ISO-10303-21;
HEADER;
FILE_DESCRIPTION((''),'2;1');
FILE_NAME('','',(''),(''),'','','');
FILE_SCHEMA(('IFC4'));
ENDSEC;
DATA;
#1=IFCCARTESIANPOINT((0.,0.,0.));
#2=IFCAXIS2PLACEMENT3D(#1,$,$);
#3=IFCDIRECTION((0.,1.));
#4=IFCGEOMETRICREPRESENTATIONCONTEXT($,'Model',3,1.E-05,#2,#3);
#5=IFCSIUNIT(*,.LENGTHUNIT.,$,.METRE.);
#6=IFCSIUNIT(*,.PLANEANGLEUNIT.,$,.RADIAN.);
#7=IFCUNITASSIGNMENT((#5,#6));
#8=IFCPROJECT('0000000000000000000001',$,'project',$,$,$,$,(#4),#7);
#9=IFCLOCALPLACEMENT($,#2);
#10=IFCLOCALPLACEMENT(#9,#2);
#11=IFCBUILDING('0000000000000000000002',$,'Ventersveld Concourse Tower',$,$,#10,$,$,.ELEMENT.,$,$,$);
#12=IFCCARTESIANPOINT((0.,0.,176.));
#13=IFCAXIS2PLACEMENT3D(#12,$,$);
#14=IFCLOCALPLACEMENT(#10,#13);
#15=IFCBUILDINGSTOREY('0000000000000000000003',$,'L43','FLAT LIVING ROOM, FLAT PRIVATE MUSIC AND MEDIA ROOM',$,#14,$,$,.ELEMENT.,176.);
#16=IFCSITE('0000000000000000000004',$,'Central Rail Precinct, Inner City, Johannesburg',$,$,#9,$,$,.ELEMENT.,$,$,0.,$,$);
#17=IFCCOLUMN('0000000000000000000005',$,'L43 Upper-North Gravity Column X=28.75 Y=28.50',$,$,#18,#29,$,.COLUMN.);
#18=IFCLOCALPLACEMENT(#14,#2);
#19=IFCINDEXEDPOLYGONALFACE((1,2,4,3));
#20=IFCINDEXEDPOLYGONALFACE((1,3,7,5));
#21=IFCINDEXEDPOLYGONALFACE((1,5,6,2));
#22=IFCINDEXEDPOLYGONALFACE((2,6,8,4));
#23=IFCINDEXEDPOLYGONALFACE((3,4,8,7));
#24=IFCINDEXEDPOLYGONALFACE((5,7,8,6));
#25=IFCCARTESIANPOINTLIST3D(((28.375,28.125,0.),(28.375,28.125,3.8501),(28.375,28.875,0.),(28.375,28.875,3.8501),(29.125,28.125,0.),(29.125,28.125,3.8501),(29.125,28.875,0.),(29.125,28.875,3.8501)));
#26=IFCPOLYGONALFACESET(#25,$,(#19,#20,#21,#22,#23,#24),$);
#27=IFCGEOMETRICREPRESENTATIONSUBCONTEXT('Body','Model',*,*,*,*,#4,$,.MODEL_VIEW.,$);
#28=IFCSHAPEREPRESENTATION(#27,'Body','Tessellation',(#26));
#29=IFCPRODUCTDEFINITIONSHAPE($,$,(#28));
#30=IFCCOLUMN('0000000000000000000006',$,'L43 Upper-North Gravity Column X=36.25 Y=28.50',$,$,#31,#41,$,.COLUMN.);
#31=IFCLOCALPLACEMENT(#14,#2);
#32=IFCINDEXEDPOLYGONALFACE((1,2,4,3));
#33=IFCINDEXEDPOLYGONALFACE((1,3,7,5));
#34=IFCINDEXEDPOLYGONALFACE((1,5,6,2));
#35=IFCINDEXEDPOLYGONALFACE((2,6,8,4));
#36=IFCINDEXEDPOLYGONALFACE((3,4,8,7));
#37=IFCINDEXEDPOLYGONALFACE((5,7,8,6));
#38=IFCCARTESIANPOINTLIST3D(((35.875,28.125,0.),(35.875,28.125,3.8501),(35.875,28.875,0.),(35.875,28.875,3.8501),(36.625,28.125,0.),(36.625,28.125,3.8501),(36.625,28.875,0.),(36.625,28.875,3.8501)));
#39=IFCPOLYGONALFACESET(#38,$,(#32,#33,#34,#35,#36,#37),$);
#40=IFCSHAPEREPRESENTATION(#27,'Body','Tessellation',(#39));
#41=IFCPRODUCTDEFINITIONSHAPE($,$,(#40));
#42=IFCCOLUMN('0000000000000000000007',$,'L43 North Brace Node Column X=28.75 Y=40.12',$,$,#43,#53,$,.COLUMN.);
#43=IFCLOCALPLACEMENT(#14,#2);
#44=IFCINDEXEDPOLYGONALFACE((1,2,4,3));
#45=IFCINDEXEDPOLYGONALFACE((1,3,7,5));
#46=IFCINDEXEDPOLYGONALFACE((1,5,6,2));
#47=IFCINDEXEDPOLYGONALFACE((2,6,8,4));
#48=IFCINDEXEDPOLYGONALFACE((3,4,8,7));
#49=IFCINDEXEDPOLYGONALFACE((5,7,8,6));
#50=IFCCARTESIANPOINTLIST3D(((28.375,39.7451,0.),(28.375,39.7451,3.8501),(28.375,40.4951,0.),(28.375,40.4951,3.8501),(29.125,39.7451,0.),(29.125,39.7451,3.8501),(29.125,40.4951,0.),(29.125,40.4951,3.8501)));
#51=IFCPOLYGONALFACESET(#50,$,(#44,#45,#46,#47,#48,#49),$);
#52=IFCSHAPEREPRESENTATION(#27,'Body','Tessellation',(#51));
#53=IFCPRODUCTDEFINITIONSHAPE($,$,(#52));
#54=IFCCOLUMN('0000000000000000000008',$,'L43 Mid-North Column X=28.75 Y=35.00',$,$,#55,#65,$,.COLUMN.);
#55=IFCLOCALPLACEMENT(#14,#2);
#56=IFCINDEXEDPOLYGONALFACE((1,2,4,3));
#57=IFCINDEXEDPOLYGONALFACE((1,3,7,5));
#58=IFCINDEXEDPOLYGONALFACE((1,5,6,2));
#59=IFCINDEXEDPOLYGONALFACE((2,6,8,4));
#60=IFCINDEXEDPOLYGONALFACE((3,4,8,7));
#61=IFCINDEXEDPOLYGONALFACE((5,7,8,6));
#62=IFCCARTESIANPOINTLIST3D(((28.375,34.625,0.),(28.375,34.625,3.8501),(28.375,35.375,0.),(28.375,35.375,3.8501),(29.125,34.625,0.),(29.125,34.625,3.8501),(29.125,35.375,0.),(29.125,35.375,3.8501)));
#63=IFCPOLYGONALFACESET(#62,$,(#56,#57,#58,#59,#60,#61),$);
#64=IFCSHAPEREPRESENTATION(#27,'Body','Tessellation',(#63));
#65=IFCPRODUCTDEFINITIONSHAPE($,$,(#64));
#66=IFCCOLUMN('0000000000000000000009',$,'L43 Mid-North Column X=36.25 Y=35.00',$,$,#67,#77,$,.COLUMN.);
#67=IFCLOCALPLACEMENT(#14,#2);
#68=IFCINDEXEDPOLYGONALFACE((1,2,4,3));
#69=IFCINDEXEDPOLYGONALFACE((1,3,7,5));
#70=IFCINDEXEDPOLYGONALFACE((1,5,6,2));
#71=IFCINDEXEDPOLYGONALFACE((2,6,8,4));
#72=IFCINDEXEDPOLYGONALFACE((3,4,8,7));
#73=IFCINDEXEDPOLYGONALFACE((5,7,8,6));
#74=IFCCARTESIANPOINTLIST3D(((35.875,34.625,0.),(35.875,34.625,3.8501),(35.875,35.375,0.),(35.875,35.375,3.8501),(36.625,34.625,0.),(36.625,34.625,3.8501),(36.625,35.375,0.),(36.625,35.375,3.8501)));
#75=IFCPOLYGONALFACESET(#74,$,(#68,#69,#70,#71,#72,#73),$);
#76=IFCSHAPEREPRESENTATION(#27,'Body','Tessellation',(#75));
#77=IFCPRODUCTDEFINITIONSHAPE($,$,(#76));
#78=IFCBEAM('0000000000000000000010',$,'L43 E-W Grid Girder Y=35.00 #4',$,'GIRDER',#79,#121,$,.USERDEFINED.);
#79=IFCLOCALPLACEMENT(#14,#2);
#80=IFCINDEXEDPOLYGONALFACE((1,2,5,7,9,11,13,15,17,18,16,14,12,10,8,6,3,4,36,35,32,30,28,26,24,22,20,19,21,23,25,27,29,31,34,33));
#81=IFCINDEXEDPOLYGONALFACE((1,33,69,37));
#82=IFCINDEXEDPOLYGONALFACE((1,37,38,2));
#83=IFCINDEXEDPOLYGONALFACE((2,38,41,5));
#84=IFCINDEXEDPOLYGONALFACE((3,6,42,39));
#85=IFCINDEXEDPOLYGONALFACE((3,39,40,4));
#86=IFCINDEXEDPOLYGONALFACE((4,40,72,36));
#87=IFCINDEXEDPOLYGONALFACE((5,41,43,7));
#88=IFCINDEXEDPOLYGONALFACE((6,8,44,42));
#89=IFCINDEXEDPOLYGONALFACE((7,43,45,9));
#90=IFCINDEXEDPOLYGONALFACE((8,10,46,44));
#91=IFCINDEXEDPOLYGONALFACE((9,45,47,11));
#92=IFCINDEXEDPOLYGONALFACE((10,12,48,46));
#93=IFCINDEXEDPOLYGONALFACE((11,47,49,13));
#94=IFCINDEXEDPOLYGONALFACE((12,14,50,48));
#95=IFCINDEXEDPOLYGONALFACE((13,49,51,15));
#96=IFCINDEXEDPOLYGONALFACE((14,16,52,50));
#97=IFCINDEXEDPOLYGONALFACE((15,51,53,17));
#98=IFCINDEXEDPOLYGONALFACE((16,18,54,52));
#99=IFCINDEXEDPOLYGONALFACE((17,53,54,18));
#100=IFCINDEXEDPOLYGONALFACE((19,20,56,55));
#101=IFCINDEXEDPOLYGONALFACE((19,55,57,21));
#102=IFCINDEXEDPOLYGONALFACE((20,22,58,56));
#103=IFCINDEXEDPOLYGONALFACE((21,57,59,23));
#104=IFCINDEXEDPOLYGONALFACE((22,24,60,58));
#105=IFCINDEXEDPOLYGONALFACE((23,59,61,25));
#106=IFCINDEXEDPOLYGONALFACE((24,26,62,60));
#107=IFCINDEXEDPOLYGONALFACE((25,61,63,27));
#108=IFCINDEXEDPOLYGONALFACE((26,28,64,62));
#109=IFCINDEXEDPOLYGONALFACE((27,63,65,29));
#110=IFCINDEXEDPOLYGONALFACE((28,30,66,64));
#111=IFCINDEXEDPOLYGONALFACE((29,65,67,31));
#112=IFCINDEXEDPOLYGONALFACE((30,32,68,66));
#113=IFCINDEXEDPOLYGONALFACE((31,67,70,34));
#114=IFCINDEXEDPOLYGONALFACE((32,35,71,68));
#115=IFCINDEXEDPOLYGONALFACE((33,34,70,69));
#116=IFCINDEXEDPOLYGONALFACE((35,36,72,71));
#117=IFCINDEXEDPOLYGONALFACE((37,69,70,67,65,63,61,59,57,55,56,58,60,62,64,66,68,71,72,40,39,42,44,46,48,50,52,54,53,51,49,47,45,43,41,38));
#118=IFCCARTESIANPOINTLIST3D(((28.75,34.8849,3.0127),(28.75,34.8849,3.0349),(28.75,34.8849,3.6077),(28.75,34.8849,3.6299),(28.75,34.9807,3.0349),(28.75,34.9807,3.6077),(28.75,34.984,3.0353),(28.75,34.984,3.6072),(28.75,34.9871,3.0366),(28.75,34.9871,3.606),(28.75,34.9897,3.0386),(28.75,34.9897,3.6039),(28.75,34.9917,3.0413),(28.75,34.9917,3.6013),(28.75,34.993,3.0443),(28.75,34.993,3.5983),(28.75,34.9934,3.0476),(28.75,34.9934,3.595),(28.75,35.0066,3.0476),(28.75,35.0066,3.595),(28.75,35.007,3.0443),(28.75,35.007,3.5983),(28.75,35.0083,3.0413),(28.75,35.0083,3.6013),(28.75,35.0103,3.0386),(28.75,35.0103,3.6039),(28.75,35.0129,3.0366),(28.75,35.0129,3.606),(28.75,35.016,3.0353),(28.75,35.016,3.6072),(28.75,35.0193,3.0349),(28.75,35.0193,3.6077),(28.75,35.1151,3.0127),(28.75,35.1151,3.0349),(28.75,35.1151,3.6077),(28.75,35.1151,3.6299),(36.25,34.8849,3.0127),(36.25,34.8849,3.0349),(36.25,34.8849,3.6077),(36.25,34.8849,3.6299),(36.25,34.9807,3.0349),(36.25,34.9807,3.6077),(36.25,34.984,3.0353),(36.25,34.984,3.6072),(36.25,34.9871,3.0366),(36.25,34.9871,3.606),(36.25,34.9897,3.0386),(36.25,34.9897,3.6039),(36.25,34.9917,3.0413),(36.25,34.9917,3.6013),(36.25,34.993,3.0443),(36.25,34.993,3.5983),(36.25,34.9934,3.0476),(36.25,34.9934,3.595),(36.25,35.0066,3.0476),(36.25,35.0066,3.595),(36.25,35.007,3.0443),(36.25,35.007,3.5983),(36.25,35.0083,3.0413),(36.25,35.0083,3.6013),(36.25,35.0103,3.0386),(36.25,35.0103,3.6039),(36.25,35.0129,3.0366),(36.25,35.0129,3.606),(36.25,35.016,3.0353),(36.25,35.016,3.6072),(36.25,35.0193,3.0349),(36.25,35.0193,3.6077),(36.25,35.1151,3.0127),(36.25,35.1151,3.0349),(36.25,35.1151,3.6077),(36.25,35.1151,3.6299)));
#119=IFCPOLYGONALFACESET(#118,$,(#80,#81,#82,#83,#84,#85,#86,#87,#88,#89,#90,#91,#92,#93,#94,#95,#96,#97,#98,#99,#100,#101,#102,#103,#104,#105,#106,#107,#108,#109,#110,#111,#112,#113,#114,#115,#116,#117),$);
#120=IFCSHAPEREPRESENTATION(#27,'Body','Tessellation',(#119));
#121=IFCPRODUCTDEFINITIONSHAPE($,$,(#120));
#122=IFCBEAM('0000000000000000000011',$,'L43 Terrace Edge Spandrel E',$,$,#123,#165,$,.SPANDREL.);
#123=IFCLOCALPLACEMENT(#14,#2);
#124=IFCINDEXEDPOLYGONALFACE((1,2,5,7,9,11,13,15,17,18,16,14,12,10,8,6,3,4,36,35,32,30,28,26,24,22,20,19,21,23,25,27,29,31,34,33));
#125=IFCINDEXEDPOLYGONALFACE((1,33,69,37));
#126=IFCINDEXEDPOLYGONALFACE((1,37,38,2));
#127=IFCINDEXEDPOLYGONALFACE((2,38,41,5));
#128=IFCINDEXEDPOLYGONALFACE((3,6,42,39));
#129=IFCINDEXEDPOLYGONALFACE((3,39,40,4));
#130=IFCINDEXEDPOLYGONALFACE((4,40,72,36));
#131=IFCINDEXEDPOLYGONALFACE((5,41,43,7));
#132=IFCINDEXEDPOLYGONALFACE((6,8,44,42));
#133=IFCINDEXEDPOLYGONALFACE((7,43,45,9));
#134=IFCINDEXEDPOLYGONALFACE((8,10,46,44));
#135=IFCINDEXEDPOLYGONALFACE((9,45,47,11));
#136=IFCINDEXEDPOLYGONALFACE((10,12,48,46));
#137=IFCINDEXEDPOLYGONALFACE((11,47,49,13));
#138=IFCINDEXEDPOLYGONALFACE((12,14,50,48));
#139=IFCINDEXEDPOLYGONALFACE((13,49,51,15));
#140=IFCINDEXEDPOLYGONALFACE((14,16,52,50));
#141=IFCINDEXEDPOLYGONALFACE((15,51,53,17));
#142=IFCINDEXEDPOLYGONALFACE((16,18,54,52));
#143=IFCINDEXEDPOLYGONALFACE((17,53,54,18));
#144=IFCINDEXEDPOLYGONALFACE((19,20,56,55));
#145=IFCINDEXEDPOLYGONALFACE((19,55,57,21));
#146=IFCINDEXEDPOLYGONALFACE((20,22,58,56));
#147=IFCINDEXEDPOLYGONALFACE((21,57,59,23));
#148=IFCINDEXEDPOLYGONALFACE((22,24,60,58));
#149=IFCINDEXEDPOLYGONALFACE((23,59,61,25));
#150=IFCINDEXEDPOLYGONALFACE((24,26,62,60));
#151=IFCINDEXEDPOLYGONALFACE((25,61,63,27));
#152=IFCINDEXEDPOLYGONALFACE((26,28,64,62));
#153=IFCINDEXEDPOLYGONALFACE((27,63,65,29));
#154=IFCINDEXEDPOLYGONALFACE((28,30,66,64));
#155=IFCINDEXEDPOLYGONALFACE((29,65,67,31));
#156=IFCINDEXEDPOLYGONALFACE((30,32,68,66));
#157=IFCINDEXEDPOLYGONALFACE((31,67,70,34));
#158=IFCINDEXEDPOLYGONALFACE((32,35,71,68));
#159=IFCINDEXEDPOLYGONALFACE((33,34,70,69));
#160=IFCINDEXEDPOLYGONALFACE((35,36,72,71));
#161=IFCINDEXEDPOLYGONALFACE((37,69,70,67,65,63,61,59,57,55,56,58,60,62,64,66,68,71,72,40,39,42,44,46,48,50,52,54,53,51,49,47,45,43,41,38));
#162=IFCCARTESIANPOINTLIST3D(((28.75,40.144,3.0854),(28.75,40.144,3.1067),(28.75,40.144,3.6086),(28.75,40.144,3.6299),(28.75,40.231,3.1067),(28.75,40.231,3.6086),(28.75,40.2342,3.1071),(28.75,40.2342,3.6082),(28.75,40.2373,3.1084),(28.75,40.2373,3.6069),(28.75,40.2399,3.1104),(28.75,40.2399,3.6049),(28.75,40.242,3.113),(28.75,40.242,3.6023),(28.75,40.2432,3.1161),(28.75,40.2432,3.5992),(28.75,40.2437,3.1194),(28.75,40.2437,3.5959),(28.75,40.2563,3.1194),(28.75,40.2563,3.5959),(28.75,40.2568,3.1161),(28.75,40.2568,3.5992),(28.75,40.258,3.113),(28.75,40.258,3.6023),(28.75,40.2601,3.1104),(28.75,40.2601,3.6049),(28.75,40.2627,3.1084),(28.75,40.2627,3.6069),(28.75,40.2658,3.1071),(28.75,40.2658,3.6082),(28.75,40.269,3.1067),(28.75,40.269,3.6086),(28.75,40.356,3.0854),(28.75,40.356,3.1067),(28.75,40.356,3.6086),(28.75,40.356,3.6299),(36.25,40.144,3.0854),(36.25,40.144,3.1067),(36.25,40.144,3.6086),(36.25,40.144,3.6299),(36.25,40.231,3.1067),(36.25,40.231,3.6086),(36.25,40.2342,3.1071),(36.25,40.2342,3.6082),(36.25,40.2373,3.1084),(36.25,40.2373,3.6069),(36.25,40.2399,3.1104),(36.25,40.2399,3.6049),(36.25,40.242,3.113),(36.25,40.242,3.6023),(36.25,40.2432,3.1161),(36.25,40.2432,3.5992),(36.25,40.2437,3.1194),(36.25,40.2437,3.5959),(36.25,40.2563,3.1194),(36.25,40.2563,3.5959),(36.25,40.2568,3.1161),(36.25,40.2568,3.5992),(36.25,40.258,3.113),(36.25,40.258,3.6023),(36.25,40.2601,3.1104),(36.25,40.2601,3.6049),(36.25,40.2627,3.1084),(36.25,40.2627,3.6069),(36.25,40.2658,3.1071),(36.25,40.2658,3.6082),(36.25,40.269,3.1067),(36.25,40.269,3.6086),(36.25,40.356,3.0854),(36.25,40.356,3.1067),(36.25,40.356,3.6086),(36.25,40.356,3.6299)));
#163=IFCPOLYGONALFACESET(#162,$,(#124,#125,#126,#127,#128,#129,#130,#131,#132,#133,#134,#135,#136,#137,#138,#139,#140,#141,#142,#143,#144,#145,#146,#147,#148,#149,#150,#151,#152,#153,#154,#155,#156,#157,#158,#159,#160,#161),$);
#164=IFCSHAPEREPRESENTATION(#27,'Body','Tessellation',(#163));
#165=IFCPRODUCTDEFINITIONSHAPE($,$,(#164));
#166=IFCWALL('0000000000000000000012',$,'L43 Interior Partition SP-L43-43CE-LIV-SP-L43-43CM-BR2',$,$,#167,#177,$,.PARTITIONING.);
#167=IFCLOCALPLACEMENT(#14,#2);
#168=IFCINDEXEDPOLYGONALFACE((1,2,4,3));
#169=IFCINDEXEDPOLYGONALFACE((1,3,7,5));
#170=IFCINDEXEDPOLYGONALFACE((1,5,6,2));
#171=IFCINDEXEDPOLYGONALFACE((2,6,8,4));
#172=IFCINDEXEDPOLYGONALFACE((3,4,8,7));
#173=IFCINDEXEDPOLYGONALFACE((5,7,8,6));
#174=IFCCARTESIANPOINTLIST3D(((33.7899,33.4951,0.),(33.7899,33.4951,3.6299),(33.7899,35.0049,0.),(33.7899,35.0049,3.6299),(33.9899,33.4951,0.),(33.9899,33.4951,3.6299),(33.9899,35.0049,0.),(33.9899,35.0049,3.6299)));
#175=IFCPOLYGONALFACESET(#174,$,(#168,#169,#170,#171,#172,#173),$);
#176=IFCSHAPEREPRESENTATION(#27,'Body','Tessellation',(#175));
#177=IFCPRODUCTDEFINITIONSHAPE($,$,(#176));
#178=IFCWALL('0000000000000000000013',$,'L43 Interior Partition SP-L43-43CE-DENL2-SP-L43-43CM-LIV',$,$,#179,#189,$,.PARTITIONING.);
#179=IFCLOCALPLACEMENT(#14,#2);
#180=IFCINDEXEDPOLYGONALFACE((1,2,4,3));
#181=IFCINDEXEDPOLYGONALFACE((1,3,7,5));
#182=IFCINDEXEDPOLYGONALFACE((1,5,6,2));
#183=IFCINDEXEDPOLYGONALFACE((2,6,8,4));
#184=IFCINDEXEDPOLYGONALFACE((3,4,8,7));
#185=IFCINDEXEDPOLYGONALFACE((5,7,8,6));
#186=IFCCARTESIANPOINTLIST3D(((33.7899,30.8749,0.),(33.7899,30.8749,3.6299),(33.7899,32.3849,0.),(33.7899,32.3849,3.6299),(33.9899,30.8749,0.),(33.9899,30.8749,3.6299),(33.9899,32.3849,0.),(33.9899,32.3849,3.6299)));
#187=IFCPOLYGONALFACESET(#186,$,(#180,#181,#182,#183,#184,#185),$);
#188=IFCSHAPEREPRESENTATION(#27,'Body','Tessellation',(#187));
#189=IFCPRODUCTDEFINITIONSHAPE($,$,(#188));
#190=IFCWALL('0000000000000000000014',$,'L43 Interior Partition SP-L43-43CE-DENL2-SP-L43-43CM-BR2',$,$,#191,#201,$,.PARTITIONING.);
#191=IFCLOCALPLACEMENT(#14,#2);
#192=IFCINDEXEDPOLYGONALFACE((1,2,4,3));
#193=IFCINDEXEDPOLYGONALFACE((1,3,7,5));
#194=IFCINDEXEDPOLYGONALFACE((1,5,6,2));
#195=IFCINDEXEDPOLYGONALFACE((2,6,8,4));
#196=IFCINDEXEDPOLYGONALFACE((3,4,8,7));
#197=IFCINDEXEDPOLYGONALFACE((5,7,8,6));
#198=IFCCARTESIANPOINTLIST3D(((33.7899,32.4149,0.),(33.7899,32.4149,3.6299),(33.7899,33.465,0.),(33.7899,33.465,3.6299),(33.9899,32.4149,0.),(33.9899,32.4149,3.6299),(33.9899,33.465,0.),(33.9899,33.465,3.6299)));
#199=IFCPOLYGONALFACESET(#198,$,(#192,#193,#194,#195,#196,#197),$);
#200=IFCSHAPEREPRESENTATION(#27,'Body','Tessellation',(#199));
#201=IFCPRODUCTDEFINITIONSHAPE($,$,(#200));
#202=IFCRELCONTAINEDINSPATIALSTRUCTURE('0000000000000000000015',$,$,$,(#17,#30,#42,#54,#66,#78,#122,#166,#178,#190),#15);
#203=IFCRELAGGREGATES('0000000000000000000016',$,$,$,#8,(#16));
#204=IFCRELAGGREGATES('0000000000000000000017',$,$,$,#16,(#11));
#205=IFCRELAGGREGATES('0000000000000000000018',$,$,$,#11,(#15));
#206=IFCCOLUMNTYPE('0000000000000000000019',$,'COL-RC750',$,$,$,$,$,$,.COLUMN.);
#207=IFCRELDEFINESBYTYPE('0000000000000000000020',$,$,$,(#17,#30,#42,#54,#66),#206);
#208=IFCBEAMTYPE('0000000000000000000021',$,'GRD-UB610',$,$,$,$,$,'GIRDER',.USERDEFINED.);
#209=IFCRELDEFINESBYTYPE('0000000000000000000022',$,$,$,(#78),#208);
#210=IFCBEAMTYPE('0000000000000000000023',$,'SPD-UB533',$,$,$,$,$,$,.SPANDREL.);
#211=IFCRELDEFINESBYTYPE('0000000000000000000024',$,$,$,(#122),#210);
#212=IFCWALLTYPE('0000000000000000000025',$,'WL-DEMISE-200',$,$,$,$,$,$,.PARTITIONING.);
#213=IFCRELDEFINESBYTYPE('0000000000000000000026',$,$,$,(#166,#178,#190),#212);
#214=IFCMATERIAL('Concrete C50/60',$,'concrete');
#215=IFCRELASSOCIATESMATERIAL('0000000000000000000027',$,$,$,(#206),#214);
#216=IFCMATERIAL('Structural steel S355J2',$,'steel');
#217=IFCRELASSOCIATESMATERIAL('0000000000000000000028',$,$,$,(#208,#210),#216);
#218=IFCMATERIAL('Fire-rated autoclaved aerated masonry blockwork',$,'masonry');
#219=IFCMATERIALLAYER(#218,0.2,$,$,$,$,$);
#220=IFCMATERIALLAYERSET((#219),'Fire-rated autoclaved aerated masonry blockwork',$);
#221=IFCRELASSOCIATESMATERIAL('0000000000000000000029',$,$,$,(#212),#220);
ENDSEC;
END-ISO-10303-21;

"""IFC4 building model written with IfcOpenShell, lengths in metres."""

from ifc_helpers import new_model, si_unit, direction, frame, frame_2d, origin, origin_2d, place, context, subcontext, project, spatial, rectangle, i_section, extrude, material, layer, layer_set, material_profile, profile_set, type_object, element, save


model = new_model("IFC4")

# Units and contexts
model_context = context("Model", 3, precision=1e-05, world=origin(), true_north=direction((0.0, 1.0)))
body_context = subcontext(model_context, "Body", "Model", "MODEL_VIEW")
ifc_project = project(units=[si_unit("LENGTHUNIT", "METRE"), si_unit("PLANEANGLEUNIT", "RADIAN")], contexts=[model_context])

# Site, building, storey
site_placement = place(None, origin())
site = spatial("IfcSite", under=ifc_project, at=site_placement, Name="Central Rail Precinct, Inner City, Johannesburg", CompositionType="ELEMENT", RefElevation=0.0)
building_placement = place(site_placement, origin())
building = spatial("IfcBuilding", under=site, at=building_placement, Name="Ventersveld Concourse Tower", CompositionType="ELEMENT")
storey_placement = place(building_placement, frame((0.0, 0.0, 176.0)))
storey = spatial("IfcBuildingStorey", under=building, at=storey_placement, Name="L43", Description="FLAT LIVING ROOM, FLAT PRIVATE MUSIC AND MEDIA ROOM", CompositionType="ELEMENT", Elevation=176.0)

# Columns
ifc_material_1 = material(Name="Concrete C50/60", Category="concrete")
ifc_material_profile_1 = material_profile(ifc_material_1, rectangle(XDim=0.75, YDim=0.75, at=origin_2d()), Name="RC 750x750")
ifc_profile_set_1 = profile_set([ifc_material_profile_1], Name="Concrete C50/60")
column_type = type_object("IfcColumnType", Name="COL-RC750", PredefinedType="COLUMN", material=ifc_profile_set_1)
for number, where, z_axis, x_axis, name in (
    (1, (28.75, 28.5, 0.0), (0.0, 0.0, 1.0), (1.0, 0.0, 0.0), "L43 Upper-North Gravity Column X=28.75 Y=28.50"),
    (2, (36.25, 28.5, 0.0), (0.0, 0.0, 1.0), (1.0, 0.0, 0.0), "L43 Upper-North Gravity Column X=36.25 Y=28.50"),
    (3, (28.75, 40.1201, 0.0), (0.0, 0.0, 1.0), (1.0, 0.0, 0.0), "L43 North Brace Node Column X=28.75 Y=40.12"),
    (4, (28.75, 35.0, 0.0), (0.0, 0.0, 1.0), (1.0, 0.0, 0.0), "L43 Mid-North Column X=28.75 Y=35.00"),
    (5, (36.25, 35.0, 0.0), (0.0, 0.0, 1.0), (1.0, 0.0, 0.0), "L43 Mid-North Column X=36.25 Y=35.00"),
):
    element("IfcColumn", number, at=place(storey_placement, frame(where, z_axis=z_axis, x_axis=x_axis)), inside=storey, type_object=column_type, Name=name, PredefinedType="COLUMN", context=body_context, shape_type="SweptSolid", body=[
        extrude(rectangle(XDim=0.75, YDim=0.75, at=origin_2d()), origin(), (0.0, 0.0, 1.0), 3.8501),
    ])

# Beams
ifc_material_2 = material(Name="Structural steel S355J2", Category="steel")
ifc_material_profile_2 = material_profile(ifc_material_2, i_section(OverallWidth=0.2302, OverallDepth=0.6172, WebThickness=0.0132, FlangeThickness=0.0222, FilletRadius=0.0127, at=origin_2d()), Name="UB 610x229x140")
ifc_profile_set_2 = profile_set([ifc_material_profile_2], Name="Structural steel S355J2")
beam_type_1 = type_object("IfcBeamType", Name="GRD-UB610", ElementType="GIRDER", PredefinedType="USERDEFINED", material=ifc_profile_set_2)
beam_1_placement = place(storey_placement, frame((28.75, 35.0, 3.3213), z_axis=(1.0, 0.0, 0.0), x_axis=(0.0, 1.0, 0.0)))
element("IfcBeam", 6, at=beam_1_placement, inside=storey, type_object=beam_type_1, Name="L43 E-W Grid Girder Y=35.00 #4", ObjectType="GIRDER", PredefinedType="USERDEFINED", context=body_context, shape_type="SweptSolid", body=[
    extrude(i_section(OverallWidth=0.2302, OverallDepth=0.6172, WebThickness=0.0132, FlangeThickness=0.0222, FilletRadius=0.0127, at=origin_2d()), origin(), (0.0, 0.0, 1.0), 7.5),
])
ifc_material_profile_3 = material_profile(ifc_material_2, i_section(OverallWidth=0.2119, OverallDepth=0.5444, WebThickness=0.0127, FlangeThickness=0.0212, FilletRadius=0.0127, at=origin_2d()), Name="UB 533x210x122")
ifc_profile_set_3 = profile_set([ifc_material_profile_3], Name="Structural steel S355J2")
beam_type_2 = type_object("IfcBeamType", Name="SPD-UB533", PredefinedType="SPANDREL", material=ifc_profile_set_3)
beam_2_placement = place(storey_placement, frame((28.75, 40.25, 3.3577), z_axis=(1.0, 0.0, 0.0), x_axis=(0.0, 1.0, 0.0)))
element("IfcBeam", 7, at=beam_2_placement, inside=storey, type_object=beam_type_2, Name="L43 Terrace Edge Spandrel E", PredefinedType="SPANDREL", context=body_context, shape_type="SweptSolid", body=[
    extrude(i_section(OverallWidth=0.2119, OverallDepth=0.5444, WebThickness=0.0127, FlangeThickness=0.0212, FilletRadius=0.0127, at=origin_2d()), origin(), (0.0, 0.0, 1.0), 7.5),
])

# Walls
ifc_material_3 = material(Name="Fire-rated autoclaved aerated masonry blockwork", Category="masonry")
ifc_layer_1 = layer(ifc_material_3, 0.2)
ifc_layer_set_1 = layer_set([ifc_layer_1], Name="Fire-rated autoclaved aerated masonry blockwork")
wall_type_1 = type_object("IfcWallType", Name="WL-DEMISE-200", PredefinedType="PARTITIONING", material=ifc_layer_set_1)
wall_1_placement = place(storey_placement, frame((33.8899, 33.4951, 0.0), z_axis=(0.0, 0.0, 1.0), x_axis=(0.0, 1.0, 0.0)))
element("IfcWall", 8, at=wall_1_placement, inside=storey, type_object=wall_type_1, Name="L43 Interior Partition SP-L43-43CE-LIV-SP-L43-43CM-BR2", PredefinedType="PARTITIONING", context=body_context, shape_type="SweptSolid", body=[
    extrude(rectangle(XDim=1.5098, YDim=0.2, at=frame_2d((0.7549, 0.0))), origin(), (0.0, 0.0, 1.0), 3.6299),
])
wall_2_placement = place(storey_placement, frame((33.8899, 30.875, 0.0), z_axis=(0.0, 0.0, 1.0), x_axis=(0.0, 1.0, 0.0)))
element("IfcWall", 9, at=wall_2_placement, inside=storey, type_object=wall_type_1, Name="L43 Interior Partition SP-L43-43CE-DENL2-SP-L43-43CM-LIV", PredefinedType="PARTITIONING", context=body_context, shape_type="SweptSolid", body=[
    extrude(rectangle(XDim=1.51, YDim=0.2, at=frame_2d((0.7549, 0.0))), origin(), (0.0, 0.0, 1.0), 3.6299),
])
wall_3_placement = place(storey_placement, frame((33.8899, 32.415, 0.0), z_axis=(0.0, 0.0, 1.0), x_axis=(0.0, 1.0, 0.0)))
element("IfcWall", 10, at=wall_3_placement, inside=storey, type_object=wall_type_1, Name="L43 Interior Partition SP-L43-43CE-DENL2-SP-L43-43CM-BR2", PredefinedType="PARTITIONING", context=body_context, shape_type="SweptSolid", body=[
    extrude(rectangle(XDim=1.05, YDim=0.2, at=frame_2d((0.5249, 0.0))), origin(), (0.0, 0.0, 1.0), 3.6299),
])

save(model, "model.ifc")
